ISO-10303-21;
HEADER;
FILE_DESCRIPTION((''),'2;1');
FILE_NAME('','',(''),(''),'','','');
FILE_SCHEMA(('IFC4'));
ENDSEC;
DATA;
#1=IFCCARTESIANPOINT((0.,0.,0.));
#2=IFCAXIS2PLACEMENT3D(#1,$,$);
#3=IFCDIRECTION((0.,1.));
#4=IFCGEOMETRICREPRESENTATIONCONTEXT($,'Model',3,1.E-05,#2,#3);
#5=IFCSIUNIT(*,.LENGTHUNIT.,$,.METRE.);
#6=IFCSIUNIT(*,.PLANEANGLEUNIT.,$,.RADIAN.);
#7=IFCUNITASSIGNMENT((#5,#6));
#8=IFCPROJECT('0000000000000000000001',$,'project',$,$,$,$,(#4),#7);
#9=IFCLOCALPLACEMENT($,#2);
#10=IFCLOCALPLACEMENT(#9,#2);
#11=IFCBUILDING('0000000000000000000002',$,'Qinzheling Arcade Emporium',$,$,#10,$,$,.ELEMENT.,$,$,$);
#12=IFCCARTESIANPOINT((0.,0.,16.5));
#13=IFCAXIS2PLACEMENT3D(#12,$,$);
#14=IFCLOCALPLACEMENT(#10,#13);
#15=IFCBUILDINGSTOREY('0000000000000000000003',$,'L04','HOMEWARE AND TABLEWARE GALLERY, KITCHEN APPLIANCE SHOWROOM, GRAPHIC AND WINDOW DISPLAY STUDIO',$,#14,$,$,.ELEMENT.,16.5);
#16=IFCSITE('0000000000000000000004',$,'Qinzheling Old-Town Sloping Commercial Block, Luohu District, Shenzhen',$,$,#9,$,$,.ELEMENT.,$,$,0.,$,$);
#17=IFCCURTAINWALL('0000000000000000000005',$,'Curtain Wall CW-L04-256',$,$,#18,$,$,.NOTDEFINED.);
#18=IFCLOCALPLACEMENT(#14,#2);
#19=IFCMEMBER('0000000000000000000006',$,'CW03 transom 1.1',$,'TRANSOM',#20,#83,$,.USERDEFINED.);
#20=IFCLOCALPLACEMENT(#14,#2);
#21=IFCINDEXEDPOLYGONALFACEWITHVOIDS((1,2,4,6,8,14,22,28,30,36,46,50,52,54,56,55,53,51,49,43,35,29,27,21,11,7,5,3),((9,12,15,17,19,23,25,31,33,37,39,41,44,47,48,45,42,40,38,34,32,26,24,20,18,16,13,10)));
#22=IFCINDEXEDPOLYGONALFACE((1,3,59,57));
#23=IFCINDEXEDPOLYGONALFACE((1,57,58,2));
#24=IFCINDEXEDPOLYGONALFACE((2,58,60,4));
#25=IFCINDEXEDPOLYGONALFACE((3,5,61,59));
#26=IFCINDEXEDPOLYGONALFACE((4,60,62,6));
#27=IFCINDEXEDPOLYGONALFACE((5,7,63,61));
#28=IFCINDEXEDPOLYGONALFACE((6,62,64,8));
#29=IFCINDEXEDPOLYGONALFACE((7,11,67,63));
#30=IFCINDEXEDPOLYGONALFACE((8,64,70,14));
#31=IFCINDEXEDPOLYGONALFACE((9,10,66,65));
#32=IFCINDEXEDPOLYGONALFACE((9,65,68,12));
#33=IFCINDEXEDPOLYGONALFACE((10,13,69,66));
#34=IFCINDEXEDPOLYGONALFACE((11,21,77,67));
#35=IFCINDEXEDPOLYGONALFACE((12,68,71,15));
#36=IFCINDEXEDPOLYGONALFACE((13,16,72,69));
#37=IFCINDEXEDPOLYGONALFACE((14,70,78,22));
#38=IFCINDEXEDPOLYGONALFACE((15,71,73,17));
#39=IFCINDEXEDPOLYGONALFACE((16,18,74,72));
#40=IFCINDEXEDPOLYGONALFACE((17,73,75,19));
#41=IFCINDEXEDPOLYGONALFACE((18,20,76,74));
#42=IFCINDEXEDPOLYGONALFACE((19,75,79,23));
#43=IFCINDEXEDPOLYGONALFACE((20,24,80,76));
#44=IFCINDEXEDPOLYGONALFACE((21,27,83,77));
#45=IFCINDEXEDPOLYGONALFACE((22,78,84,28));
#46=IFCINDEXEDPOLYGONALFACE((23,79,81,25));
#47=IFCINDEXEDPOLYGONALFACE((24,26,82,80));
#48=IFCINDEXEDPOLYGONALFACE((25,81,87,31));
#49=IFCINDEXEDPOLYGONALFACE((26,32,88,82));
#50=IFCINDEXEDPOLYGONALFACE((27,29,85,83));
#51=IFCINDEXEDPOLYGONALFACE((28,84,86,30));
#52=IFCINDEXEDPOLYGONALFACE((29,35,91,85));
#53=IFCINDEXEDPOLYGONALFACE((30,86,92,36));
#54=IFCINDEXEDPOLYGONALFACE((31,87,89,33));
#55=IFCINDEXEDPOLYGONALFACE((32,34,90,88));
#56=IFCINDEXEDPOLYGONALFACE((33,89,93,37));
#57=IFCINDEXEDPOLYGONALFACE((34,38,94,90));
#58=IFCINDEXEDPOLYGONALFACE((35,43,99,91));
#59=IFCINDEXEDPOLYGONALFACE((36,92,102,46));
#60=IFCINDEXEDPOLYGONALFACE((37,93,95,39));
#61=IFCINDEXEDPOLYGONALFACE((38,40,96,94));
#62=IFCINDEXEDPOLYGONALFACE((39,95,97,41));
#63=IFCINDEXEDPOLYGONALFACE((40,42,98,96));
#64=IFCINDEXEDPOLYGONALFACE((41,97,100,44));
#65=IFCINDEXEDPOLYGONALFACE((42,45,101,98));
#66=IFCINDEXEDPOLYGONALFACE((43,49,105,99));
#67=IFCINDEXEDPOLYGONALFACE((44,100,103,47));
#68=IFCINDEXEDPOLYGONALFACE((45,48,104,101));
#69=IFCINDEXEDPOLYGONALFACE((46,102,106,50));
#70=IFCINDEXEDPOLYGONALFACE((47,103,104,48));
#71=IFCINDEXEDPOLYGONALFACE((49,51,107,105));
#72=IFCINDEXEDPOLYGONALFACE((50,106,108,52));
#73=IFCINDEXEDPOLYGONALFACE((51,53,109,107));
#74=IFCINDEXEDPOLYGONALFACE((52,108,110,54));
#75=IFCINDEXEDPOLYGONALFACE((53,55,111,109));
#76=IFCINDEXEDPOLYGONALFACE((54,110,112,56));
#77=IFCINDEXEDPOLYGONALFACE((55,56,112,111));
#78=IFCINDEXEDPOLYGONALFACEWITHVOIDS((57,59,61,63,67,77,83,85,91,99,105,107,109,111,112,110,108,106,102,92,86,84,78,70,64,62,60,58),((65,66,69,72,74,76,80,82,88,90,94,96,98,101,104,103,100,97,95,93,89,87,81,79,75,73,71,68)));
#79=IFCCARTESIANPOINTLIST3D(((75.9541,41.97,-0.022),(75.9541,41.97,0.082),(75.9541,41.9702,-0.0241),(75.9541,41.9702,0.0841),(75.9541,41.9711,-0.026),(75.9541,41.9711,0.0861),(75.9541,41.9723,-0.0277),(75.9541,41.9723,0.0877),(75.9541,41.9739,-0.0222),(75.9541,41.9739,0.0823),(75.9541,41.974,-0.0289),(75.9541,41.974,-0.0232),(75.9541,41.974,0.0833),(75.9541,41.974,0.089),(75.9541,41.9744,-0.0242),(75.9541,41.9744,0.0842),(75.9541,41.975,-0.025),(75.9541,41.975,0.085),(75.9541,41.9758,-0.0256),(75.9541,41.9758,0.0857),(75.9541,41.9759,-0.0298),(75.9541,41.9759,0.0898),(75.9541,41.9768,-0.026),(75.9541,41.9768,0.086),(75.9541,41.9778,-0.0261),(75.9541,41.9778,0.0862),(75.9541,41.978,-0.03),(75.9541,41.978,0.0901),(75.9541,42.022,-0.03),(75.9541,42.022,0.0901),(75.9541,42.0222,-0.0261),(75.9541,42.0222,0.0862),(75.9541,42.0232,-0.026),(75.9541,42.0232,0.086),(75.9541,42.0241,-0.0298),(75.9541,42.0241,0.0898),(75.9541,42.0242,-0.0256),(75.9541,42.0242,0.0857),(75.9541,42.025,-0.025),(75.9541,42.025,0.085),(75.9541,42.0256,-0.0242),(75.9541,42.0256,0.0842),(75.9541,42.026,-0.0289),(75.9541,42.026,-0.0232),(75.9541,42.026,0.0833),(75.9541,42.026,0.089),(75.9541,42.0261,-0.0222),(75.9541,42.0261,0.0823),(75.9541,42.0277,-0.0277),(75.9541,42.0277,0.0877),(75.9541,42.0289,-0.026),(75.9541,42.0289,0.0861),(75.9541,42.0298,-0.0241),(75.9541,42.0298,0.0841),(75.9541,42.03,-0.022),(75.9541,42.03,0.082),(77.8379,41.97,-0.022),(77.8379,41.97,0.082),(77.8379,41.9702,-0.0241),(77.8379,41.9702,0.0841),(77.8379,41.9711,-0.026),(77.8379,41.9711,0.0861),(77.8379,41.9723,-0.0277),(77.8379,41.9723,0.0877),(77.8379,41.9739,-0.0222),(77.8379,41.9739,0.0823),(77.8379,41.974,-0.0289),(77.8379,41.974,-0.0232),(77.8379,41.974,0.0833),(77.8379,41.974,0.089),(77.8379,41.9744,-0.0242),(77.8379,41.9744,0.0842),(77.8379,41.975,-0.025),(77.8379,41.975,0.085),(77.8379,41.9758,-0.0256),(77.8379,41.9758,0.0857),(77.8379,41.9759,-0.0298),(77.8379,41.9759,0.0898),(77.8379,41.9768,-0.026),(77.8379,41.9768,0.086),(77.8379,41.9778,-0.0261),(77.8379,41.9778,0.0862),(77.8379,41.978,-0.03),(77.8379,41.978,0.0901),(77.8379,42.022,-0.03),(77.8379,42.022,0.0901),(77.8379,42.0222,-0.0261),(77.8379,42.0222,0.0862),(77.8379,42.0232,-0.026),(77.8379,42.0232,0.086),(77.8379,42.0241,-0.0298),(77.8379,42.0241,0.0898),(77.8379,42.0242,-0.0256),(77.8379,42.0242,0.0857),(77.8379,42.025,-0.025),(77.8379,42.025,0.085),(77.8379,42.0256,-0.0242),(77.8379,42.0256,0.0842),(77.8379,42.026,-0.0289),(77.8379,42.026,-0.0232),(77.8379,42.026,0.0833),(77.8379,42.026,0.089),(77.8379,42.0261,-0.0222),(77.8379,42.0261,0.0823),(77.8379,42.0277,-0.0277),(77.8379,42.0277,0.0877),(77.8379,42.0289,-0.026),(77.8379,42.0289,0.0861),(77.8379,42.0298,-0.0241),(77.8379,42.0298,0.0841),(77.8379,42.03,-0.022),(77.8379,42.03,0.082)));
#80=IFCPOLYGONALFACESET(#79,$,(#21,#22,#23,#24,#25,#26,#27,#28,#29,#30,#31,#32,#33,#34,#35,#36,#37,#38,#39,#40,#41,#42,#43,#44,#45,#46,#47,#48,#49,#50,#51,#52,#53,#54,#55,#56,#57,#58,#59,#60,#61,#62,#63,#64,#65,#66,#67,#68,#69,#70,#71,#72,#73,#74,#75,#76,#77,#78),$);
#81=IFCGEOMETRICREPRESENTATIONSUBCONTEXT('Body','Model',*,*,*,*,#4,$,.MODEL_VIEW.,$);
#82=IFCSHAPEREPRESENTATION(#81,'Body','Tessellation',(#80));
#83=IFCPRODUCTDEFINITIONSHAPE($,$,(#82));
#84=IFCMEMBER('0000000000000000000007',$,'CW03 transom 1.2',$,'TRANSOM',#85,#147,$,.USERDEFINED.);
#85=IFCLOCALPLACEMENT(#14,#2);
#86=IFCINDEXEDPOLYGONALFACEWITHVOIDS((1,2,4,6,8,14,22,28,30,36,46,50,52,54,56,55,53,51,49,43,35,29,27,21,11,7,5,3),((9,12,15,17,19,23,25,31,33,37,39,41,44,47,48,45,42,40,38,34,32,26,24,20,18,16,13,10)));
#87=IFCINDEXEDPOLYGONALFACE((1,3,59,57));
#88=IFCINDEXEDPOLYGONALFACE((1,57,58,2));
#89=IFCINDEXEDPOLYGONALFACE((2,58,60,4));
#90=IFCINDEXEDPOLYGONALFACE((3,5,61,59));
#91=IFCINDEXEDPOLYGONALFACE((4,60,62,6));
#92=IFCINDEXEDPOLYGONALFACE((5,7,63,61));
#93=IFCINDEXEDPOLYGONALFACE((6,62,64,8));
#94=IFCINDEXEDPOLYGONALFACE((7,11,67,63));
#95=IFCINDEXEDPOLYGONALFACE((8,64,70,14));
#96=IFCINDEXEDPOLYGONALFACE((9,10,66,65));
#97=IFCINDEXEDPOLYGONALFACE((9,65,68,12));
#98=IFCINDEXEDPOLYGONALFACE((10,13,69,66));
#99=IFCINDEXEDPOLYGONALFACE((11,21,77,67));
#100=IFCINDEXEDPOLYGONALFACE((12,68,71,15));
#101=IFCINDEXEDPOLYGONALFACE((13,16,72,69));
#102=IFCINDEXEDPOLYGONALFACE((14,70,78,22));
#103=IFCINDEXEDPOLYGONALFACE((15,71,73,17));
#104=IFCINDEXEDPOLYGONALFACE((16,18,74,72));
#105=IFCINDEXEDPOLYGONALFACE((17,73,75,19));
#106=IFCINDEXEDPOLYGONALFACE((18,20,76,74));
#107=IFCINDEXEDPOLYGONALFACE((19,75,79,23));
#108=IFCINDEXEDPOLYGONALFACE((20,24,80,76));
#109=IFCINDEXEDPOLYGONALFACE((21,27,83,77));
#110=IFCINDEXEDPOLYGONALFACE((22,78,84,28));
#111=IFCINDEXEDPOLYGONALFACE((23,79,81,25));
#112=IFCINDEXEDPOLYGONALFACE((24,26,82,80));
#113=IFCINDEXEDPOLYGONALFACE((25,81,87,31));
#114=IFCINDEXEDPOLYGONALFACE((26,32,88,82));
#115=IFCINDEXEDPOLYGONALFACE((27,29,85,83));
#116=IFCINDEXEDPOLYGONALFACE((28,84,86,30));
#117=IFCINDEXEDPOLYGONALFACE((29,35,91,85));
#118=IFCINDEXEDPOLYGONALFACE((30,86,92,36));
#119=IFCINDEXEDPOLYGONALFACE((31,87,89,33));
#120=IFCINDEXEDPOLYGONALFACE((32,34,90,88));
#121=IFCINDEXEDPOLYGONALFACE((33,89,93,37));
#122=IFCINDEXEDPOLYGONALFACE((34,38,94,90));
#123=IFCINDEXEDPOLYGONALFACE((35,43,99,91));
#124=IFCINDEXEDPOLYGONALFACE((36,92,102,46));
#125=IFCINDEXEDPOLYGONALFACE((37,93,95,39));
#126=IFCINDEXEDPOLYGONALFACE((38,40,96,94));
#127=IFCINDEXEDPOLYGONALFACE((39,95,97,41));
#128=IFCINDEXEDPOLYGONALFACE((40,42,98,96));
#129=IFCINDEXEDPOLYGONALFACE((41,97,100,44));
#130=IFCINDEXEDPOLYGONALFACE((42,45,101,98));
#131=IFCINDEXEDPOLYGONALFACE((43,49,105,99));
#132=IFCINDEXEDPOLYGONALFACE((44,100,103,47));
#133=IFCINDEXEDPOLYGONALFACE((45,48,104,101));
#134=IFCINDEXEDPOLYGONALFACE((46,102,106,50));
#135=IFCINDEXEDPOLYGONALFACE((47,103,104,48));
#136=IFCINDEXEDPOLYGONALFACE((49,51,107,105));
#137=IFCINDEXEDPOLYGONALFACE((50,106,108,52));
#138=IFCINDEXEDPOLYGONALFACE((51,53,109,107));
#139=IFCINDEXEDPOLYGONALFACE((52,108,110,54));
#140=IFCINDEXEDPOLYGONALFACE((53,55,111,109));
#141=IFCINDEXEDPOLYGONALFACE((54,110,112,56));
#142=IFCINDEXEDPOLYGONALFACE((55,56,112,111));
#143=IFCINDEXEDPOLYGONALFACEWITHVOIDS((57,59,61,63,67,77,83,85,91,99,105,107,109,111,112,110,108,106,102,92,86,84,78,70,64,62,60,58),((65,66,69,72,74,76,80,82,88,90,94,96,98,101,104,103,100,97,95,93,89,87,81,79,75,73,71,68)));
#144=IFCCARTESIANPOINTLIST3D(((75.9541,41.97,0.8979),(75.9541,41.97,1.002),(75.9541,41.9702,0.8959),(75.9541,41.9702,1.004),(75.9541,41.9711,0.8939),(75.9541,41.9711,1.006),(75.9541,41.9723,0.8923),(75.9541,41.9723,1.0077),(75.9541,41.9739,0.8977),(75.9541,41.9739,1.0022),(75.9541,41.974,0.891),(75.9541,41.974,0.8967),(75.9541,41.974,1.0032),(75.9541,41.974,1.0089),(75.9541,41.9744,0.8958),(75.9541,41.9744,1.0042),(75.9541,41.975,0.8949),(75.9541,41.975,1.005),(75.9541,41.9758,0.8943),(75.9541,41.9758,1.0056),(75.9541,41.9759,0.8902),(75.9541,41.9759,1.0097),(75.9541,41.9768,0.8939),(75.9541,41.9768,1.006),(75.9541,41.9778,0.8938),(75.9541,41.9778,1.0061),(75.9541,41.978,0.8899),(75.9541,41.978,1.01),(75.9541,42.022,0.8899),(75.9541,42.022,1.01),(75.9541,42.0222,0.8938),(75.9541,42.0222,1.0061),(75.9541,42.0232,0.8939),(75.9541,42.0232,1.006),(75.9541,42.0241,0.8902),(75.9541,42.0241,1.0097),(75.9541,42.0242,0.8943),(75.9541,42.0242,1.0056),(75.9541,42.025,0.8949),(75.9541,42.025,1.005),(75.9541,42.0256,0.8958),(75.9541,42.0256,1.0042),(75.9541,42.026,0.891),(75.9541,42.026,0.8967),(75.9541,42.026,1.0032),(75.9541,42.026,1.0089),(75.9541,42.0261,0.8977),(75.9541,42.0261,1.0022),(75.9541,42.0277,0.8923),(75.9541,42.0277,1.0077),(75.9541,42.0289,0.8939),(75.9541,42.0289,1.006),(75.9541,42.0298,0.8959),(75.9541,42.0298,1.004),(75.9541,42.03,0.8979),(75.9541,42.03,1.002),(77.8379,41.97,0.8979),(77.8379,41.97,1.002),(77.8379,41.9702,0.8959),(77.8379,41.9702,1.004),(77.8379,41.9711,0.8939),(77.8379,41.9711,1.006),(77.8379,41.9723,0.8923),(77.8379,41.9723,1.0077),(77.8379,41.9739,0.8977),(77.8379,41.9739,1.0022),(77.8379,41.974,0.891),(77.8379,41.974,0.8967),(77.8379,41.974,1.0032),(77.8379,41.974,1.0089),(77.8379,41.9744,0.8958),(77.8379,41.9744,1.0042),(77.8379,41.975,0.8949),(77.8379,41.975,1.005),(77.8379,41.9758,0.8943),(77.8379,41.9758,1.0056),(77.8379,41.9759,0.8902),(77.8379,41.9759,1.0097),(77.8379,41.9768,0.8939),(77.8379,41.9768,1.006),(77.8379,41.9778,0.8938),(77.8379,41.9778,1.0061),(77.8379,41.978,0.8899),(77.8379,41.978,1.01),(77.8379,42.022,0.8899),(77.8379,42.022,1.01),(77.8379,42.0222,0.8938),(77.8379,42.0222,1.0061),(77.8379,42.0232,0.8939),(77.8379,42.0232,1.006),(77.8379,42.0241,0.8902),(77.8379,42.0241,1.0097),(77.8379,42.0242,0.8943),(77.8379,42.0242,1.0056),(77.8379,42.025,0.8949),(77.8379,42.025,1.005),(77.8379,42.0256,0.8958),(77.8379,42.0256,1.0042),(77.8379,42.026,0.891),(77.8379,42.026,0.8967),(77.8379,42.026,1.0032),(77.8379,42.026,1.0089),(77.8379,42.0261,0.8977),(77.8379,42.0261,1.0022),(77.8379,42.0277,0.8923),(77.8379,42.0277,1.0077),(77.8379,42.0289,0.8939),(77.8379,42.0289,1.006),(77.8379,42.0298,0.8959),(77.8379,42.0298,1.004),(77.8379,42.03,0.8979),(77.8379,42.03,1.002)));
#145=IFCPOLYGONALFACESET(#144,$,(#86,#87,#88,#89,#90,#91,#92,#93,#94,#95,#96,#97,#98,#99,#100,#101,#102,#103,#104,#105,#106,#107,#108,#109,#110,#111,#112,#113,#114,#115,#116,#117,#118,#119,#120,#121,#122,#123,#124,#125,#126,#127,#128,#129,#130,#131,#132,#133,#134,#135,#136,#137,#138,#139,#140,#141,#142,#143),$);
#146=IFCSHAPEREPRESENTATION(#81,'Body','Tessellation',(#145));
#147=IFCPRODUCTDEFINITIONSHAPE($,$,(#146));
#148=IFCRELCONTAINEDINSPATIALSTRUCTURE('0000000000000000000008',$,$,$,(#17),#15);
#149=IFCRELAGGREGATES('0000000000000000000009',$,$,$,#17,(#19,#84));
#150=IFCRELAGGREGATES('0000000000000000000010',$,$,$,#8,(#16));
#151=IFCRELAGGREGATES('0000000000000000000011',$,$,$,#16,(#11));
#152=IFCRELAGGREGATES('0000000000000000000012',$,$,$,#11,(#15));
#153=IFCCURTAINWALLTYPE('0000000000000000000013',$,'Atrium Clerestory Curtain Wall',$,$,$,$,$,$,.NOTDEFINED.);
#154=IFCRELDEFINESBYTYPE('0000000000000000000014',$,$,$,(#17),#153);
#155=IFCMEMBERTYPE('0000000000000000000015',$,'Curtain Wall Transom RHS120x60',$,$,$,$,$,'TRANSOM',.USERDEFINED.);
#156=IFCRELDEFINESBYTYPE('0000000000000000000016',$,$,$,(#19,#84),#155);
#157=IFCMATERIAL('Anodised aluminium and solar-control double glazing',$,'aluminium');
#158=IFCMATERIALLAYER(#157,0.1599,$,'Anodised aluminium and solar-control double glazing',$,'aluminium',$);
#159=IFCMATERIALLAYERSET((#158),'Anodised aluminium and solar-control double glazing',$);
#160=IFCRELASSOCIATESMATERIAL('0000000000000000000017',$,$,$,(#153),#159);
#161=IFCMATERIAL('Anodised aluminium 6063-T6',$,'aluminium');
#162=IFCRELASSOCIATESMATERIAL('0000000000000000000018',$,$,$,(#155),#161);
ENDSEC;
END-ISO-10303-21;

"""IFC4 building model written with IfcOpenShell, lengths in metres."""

from ifc_helpers import new_model, si_unit, direction, frame, origin, origin_2d, place, context, subcontext, project, spatial, hollow_rectangle, extrude, material, layer, layer_set, material_profile, profile_set, type_object, element, aggregate, save


model = new_model("IFC4")

# Units and contexts
model_context = context("Model", 3, precision=1e-05, world=origin(), true_north=direction((0.0, 1.0)))
body_context = subcontext(model_context, "Body", "Model", "MODEL_VIEW")
ifc_project = project(units=[si_unit("LENGTHUNIT", "METRE"), si_unit("PLANEANGLEUNIT", "RADIAN")], contexts=[model_context])

# Site, building, storey
site_placement = place(None, origin())
site = spatial("IfcSite", under=ifc_project, at=site_placement, Name="Qinzheling Old-Town Sloping Commercial Block, Luohu District, Shenzhen", CompositionType="ELEMENT", RefElevation=0.0)
building_placement = place(site_placement, origin())
building = spatial("IfcBuilding", under=site, at=building_placement, Name="Qinzheling Arcade Emporium", CompositionType="ELEMENT")
storey_placement = place(building_placement, frame((0.0, 0.0, 16.5)))
storey = spatial("IfcBuildingStorey", under=building, at=storey_placement, Name="L04", Description="HOMEWARE AND TABLEWARE GALLERY, KITCHEN APPLIANCE SHOWROOM, GRAPHIC AND WINDOW DISPLAY STUDIO", CompositionType="ELEMENT", Elevation=16.5)

# Curtain wall
ifc_material_1 = material(Name="Anodised aluminium and solar-control double glazing", Category="aluminium")
ifc_layer_1 = layer(ifc_material_1, 0.1599, Name="Anodised aluminium and solar-control double glazing", Category="aluminium")
ifc_layer_set_1 = layer_set([ifc_layer_1], Name="Anodised aluminium and solar-control double glazing")
curtain_wall_type = type_object("IfcCurtainWallType", Name="Atrium Clerestory Curtain Wall", PredefinedType="NOTDEFINED", material=ifc_layer_set_1)
ifc_material_2 = material(Name="Anodised aluminium 6063-T6", Category="aluminium")
curtain_wall_1_placement = place(storey_placement, origin())
curtain_wall_1 = element("IfcCurtainWall", 1, at=curtain_wall_1_placement, inside=storey, type_object=curtain_wall_type, Name="Curtain Wall CW-L04-256", PredefinedType="NOTDEFINED")

# Members
ifc_material_profile_1 = material_profile(ifc_material_2, hollow_rectangle(XDim=0.0601, YDim=0.1201, WallThickness=0.0039, InnerFilletRadius=0.0039, OuterFilletRadius=0.0081, at=origin_2d()), Name="RHS 120x60x4", Category="aluminium")
ifc_profile_set_1 = profile_set([ifc_material_profile_1], Name="Anodised aluminium 6063-T6")
member_type_1 = type_object("IfcMemberType", Name="Curtain Wall Transom RHS120x60", ElementType="TRANSOM", PredefinedType="USERDEFINED", material=ifc_profile_set_1)
member_1_placement = place(storey_placement, frame((77.8379, 42.0, 0.03), z_axis=(-1.0, 0.0, 0.0), x_axis=(0.0, -1.0, 0.0)))
member_1 = element("IfcMember", 2, at=member_1_placement, type_object=member_type_1, Name="CW03 transom 1.1", ObjectType="TRANSOM", PredefinedType="USERDEFINED", context=body_context, shape_type="SweptSolid", body=[
    extrude(hollow_rectangle(XDim=0.0601, YDim=0.1201, WallThickness=0.0039, InnerFilletRadius=0.0039, OuterFilletRadius=0.0081, at=origin_2d()), origin(), (0.0, 0.0, 1.0), 1.8838),
])
member_2_placement = place(storey_placement, frame((77.8379, 42.0, 0.95), z_axis=(-1.0, 0.0, 0.0), x_axis=(0.0, -1.0, 0.0)))
member_2 = element("IfcMember", 3, at=member_2_placement, type_object=member_type_1, Name="CW03 transom 1.2", ObjectType="TRANSOM", PredefinedType="USERDEFINED", context=body_context, shape_type="SweptSolid", body=[
    extrude(hollow_rectangle(XDim=0.0601, YDim=0.1201, WallThickness=0.0039, InnerFilletRadius=0.0039, OuterFilletRadius=0.0081, at=origin_2d()), origin(), (0.0, 0.0, 1.0), 1.8838),
])

aggregate(curtain_wall_1, [member_1, member_2])

save(model, "model.ifc")
